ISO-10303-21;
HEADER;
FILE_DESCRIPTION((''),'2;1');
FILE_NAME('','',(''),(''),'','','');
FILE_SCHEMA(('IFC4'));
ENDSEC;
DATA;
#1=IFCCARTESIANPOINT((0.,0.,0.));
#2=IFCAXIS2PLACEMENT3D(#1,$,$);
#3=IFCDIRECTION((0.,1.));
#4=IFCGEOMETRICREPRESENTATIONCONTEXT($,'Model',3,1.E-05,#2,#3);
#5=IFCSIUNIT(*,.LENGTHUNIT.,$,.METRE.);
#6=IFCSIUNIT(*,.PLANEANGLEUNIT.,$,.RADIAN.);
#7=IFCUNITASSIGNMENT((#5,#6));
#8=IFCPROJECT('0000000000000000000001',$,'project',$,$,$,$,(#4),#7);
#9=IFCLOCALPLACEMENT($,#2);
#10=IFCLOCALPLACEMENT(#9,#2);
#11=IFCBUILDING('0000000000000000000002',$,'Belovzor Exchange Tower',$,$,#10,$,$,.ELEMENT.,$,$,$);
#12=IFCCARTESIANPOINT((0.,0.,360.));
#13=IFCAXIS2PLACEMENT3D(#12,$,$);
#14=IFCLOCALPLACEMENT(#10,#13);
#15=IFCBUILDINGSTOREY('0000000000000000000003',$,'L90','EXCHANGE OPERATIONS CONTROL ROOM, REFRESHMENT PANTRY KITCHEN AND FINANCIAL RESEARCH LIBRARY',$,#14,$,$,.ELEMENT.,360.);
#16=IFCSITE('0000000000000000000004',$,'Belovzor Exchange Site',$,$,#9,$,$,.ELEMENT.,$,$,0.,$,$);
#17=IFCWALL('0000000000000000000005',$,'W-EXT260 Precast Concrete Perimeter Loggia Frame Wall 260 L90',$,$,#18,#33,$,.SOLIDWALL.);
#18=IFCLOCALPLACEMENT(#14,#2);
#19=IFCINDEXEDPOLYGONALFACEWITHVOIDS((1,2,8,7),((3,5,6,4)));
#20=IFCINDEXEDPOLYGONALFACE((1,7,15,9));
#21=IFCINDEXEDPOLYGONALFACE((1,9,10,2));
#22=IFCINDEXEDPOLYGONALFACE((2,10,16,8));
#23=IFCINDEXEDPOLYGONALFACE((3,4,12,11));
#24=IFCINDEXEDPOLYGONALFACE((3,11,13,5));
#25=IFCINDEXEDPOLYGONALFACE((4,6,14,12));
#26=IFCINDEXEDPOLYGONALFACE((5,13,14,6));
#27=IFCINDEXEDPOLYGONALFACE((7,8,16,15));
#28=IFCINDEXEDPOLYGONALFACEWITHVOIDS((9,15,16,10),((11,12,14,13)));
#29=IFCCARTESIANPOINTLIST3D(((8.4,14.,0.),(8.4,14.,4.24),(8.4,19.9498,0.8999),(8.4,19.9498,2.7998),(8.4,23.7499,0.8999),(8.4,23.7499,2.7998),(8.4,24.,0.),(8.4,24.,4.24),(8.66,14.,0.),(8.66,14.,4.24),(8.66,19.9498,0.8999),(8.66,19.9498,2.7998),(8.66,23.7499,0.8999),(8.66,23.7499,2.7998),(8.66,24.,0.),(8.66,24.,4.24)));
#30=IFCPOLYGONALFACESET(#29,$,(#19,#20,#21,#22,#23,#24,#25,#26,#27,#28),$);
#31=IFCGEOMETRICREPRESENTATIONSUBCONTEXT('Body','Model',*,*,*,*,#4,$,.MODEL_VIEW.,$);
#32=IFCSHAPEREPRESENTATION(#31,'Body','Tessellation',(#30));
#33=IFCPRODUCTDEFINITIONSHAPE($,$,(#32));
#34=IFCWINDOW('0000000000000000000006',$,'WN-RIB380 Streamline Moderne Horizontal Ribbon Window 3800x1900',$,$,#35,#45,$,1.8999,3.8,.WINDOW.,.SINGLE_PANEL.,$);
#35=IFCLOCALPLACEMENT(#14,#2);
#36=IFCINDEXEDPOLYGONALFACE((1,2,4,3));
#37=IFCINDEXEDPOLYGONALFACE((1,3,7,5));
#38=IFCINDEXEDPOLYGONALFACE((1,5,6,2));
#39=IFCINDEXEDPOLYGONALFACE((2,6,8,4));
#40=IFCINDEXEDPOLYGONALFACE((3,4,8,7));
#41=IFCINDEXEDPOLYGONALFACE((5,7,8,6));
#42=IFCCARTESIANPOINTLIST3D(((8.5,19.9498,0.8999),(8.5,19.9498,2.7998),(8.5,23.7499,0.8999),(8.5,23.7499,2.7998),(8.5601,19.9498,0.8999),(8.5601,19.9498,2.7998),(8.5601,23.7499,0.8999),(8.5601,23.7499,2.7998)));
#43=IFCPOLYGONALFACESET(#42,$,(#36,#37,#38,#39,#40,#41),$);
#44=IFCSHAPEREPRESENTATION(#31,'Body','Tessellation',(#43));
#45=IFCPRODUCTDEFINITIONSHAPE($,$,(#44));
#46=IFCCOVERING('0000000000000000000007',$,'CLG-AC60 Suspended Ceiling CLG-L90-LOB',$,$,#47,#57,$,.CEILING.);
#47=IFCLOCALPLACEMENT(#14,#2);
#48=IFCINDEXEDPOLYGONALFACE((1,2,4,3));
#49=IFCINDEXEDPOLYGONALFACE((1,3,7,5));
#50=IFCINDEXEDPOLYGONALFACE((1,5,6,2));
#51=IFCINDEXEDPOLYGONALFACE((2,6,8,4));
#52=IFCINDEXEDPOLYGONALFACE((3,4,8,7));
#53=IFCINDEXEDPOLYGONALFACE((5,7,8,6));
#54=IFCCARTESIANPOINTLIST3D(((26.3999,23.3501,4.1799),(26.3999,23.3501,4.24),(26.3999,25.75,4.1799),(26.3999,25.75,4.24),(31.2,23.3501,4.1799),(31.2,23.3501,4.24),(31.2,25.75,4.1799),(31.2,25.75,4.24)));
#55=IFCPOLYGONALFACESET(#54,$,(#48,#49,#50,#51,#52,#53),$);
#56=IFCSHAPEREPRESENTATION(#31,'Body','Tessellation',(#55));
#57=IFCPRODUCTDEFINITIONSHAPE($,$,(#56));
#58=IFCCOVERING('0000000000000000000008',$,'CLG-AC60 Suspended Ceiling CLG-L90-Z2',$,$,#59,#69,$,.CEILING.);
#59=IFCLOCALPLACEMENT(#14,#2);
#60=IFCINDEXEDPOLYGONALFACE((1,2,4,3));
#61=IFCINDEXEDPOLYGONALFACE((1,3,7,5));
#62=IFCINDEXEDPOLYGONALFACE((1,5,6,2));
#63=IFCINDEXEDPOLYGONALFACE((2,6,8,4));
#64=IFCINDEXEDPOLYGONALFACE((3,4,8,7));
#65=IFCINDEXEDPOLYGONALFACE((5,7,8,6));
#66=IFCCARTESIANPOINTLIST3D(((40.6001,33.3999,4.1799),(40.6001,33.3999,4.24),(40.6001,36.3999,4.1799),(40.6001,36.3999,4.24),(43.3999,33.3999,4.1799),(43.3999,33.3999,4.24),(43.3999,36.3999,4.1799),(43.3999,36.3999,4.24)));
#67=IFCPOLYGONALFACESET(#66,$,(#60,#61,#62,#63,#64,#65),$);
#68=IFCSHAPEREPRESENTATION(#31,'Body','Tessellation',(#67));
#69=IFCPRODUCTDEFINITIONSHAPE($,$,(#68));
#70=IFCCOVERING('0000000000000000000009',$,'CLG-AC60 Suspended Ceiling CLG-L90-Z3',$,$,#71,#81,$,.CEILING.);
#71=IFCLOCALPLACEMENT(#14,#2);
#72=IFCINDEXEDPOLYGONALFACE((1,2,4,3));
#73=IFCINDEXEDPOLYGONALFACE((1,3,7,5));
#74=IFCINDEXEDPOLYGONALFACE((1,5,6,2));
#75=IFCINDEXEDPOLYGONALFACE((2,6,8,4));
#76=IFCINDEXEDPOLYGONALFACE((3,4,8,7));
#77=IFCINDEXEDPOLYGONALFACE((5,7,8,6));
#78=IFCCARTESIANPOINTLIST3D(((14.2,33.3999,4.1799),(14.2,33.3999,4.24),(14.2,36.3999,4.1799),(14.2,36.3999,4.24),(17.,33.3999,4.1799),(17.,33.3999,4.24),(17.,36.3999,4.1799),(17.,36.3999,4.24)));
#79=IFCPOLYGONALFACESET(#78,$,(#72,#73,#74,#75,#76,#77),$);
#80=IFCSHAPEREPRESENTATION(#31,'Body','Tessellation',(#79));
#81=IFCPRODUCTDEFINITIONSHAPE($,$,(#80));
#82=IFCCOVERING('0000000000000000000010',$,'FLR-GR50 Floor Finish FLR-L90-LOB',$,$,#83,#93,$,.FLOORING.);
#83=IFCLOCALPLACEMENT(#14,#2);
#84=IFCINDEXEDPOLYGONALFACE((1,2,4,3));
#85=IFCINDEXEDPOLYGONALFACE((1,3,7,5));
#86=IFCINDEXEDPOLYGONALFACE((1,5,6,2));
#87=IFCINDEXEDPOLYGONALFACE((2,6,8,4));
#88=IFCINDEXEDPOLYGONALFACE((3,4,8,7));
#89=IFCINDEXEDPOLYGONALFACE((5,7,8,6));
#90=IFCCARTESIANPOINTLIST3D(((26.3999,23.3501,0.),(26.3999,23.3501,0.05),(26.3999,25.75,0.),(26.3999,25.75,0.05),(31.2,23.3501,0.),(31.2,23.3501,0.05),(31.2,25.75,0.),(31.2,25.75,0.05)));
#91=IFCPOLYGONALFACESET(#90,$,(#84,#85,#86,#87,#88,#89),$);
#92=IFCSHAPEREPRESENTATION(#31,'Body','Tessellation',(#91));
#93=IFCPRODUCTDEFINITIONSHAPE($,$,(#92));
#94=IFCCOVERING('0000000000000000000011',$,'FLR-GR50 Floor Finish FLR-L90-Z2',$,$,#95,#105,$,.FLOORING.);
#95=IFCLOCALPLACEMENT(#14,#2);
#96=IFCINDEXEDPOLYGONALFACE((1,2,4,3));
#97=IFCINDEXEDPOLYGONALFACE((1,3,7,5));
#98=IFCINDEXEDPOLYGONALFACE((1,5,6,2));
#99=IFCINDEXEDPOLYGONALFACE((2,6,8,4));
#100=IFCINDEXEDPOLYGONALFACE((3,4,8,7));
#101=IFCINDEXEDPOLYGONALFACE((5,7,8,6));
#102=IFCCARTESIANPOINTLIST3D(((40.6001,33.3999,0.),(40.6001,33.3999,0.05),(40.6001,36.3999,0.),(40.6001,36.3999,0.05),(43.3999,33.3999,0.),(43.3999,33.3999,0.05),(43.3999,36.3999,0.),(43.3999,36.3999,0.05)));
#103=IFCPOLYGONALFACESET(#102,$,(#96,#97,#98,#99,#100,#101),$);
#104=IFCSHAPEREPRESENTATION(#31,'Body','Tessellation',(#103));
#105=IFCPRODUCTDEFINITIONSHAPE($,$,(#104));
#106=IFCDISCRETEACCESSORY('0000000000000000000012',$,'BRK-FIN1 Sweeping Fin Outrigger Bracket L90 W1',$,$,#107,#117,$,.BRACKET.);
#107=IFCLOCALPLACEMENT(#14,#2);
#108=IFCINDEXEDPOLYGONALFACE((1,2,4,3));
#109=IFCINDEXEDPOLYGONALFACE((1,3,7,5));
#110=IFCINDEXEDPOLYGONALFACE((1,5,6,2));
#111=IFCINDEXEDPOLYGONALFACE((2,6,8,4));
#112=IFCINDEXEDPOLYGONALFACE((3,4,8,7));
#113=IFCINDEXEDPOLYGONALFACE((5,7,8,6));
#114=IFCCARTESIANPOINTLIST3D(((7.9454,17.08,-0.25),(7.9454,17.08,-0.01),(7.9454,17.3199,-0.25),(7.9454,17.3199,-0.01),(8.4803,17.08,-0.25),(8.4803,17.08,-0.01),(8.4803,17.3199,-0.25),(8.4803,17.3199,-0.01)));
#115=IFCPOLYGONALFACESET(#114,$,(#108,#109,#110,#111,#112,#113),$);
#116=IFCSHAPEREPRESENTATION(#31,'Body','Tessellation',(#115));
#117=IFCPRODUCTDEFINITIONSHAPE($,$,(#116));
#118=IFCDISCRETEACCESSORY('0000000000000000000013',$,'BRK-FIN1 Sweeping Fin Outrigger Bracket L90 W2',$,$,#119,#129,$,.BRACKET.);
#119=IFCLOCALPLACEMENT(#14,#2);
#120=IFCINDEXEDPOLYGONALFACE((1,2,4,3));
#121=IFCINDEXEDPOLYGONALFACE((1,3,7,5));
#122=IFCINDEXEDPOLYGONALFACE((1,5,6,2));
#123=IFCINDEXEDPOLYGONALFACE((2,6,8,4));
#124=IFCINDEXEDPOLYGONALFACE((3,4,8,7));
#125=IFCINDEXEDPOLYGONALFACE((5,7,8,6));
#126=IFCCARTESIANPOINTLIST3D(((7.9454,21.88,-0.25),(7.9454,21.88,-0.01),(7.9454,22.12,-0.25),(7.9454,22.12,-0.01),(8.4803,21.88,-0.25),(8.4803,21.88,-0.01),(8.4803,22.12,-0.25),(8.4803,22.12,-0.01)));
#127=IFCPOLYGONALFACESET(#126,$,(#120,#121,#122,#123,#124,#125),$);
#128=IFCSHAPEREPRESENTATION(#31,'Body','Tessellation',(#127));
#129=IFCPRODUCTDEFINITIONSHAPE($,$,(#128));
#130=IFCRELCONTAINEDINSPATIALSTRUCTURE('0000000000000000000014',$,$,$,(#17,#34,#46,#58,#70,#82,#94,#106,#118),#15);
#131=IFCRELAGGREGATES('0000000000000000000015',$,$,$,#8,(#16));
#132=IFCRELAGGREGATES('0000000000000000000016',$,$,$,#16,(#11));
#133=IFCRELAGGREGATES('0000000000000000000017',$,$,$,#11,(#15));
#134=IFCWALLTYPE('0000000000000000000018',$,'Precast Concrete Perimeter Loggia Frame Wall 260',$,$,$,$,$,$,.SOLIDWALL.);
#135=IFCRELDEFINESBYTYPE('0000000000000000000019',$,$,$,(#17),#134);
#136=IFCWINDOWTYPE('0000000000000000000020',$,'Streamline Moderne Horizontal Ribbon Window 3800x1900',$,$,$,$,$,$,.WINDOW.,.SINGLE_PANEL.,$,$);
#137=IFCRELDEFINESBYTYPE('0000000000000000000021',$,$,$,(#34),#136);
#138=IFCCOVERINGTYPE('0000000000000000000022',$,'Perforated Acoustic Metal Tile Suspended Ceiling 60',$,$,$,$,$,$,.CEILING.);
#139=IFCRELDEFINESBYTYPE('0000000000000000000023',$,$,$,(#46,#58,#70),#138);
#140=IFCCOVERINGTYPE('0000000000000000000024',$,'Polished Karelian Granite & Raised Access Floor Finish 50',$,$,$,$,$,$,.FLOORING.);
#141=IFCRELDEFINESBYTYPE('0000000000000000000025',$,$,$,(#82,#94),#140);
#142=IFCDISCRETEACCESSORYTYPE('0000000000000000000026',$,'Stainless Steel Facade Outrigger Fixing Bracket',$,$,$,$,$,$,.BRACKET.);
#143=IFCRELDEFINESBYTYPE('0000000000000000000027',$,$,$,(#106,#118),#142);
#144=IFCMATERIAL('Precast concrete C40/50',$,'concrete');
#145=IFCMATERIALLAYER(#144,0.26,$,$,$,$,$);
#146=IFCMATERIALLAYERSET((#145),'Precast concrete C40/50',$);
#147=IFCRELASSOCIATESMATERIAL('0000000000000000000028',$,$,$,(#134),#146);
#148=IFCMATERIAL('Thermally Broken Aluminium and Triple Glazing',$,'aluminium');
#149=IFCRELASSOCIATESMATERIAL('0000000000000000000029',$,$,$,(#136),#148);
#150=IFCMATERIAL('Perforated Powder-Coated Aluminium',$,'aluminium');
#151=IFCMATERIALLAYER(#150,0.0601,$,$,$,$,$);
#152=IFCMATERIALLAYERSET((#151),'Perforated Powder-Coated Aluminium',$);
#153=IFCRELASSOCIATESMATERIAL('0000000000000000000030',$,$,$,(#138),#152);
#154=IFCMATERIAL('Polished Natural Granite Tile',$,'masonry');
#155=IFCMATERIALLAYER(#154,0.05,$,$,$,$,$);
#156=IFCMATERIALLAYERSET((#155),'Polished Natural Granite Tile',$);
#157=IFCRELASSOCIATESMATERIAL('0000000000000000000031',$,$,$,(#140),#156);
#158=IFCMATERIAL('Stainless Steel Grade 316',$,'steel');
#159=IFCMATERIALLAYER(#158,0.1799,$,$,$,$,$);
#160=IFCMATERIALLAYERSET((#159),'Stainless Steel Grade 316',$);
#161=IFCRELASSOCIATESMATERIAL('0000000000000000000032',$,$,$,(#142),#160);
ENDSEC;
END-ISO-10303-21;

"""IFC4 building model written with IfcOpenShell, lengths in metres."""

from ifc_helpers import new_model, si_unit, direction, frame, frame_2d, origin, origin_2d, place, context, subcontext, project, spatial, polyline, rectangle, outline, extrude, material, layer, layer_set, type_object, element, fill, save


model = new_model("IFC4")

# Units and contexts
model_context = context("Model", 3, precision=1e-05, world=origin(), true_north=direction((0.0, 1.0)))
body_context = subcontext(model_context, "Body", "Model", "MODEL_VIEW")
ifc_project = project(units=[si_unit("LENGTHUNIT", "METRE"), si_unit("PLANEANGLEUNIT", "RADIAN")], contexts=[model_context])

# Site, building, storey
site_placement = place(None, origin())
site = spatial("IfcSite", under=ifc_project, at=site_placement, Name="Belovzor Exchange Site", CompositionType="ELEMENT", RefElevation=0.0)
building_placement = place(site_placement, origin())
building = spatial("IfcBuilding", under=site, at=building_placement, Name="Belovzor Exchange Tower", CompositionType="ELEMENT")
storey_placement = place(building_placement, frame((0.0, 0.0, 360.0)))
storey = spatial("IfcBuildingStorey", under=building, at=storey_placement, Name="L90", Description="EXCHANGE OPERATIONS CONTROL ROOM, REFRESHMENT PANTRY KITCHEN AND FINANCIAL RESEARCH LIBRARY", CompositionType="ELEMENT", Elevation=360.0)

# Wall, opening, window
ifc_material_1 = material(Name="Precast concrete C40/50", Category="concrete")
ifc_layer_1 = layer(ifc_material_1, 0.26)
ifc_layer_set_1 = layer_set([ifc_layer_1], Name="Precast concrete C40/50")
wall_type_1 = type_object("IfcWallType", Name="Precast Concrete Perimeter Loggia Frame Wall 260", PredefinedType="SOLIDWALL", material=ifc_layer_set_1)
wall_1_placement = place(storey_placement, frame((8.53, 14.0, 0.0), z_axis=(0.0, 0.0, 1.0), x_axis=(0.0, 1.0, 0.0)))
wall_1 = element("IfcWall", 1, at=wall_1_placement, inside=storey, type_object=wall_type_1, Name="W-EXT260 Precast Concrete Perimeter Loggia Frame Wall 260 L90", PredefinedType="SOLIDWALL", context=body_context, shape_type="SweptSolid", body=[
    extrude(rectangle(XDim=10.0, YDim=0.26, at=frame_2d((5.0, 0.0))), origin(), (0.0, 0.0, 1.0), 4.24),
])
opening_1_placement = place(wall_1_placement, frame((5.95, 0.0, 0.8999)))
opening_1 = element("IfcOpeningElement", 2, at=opening_1_placement, cuts=wall_1, PredefinedType="OPENING", context=body_context, shape_type="SweptSolid", body=[
    extrude(rectangle(XDim=3.8, YDim=1.8999, at=frame_2d((1.8999, 0.95))), frame((0.0, 0.1399, 0.0), z_axis=(0.0, -1.0, 0.0), x_axis=(1.0, 0.0, 0.0)), (0.0, 0.0, 1.0), 0.28),
])
ifc_material_2 = material(Name="Thermally Broken Aluminium and Triple Glazing", Category="aluminium")
window_type_1 = type_object("IfcWindowType", Name="Streamline Moderne Horizontal Ribbon Window 3800x1900", PartitioningType="SINGLE_PANEL", PredefinedType="WINDOW", material=ifc_material_2)
window_1_placement = place(opening_1_placement, origin())
window_1 = element("IfcWindow", 3, at=window_1_placement, inside=storey, type_object=window_type_1, Name="WN-RIB380 Streamline Moderne Horizontal Ribbon Window 3800x1900", OverallHeight=1.8999, OverallWidth=3.8, PartitioningType="SINGLE_PANEL", PredefinedType="WINDOW", context=body_context, shape_type="SweptSolid", body=[
    extrude(rectangle(XDim=3.8, YDim=1.8999, at=frame_2d((1.8999, 0.95))), frame((0.0, 0.03, 0.0), z_axis=(0.0, -1.0, 0.0), x_axis=(1.0, 0.0, 0.0)), (0.0, 0.0, 1.0), 0.0601),
])
fill(opening_1, window_1)

# Coverings
ifc_material_3 = material(Name="Perforated Powder-Coated Aluminium", Category="aluminium")
ifc_layer_2 = layer(ifc_material_3, 0.0601)
ifc_layer_set_2 = layer_set([ifc_layer_2], Name="Perforated Powder-Coated Aluminium")
covering_type_1 = type_object("IfcCoveringType", Name="Perforated Acoustic Metal Tile Suspended Ceiling 60", PredefinedType="CEILING", material=ifc_layer_set_2)
covering_1_placement = place(storey_placement, frame((0.0, 0.0, 4.1799)))
element("IfcCovering", 4, at=covering_1_placement, inside=storey, type_object=covering_type_1, Name="CLG-AC60 Suspended Ceiling CLG-L90-LOB", PredefinedType="CEILING", context=body_context, shape_type="SweptSolid", body=[
    extrude(outline(polyline([(26.3999, 23.3501), (31.2, 23.3501), (31.2, 25.75), (26.3999, 25.75), (26.3999, 23.3501)])), origin(), (0.0, 0.0, 1.0), 0.0601),
])
covering_2_placement = place(storey_placement, frame((0.0, 0.0, 4.1799)))
element("IfcCovering", 5, at=covering_2_placement, inside=storey, type_object=covering_type_1, Name="CLG-AC60 Suspended Ceiling CLG-L90-Z2", PredefinedType="CEILING", context=body_context, shape_type="SweptSolid", body=[
    extrude(outline(polyline([(40.6001, 33.3999), (43.3999, 33.3999), (43.3999, 36.3999), (40.6001, 36.3999), (40.6001, 33.3999)])), origin(), (0.0, 0.0, 1.0), 0.0601),
])
covering_3_placement = place(storey_placement, frame((0.0, 0.0, 4.1799)))
element("IfcCovering", 6, at=covering_3_placement, inside=storey, type_object=covering_type_1, Name="CLG-AC60 Suspended Ceiling CLG-L90-Z3", PredefinedType="CEILING", context=body_context, shape_type="SweptSolid", body=[
    extrude(outline(polyline([(14.2, 33.3999), (17.0, 33.3999), (17.0, 36.3999), (14.2, 36.3999), (14.2, 33.3999)])), origin(), (0.0, 0.0, 1.0), 0.0601),
])
ifc_material_4 = material(Name="Polished Natural Granite Tile", Category="masonry")
ifc_layer_3 = layer(ifc_material_4, 0.05)
ifc_layer_set_3 = layer_set([ifc_layer_3], Name="Polished Natural Granite Tile")
covering_type_2 = type_object("IfcCoveringType", Name="Polished Karelian Granite & Raised Access Floor Finish 50", PredefinedType="FLOORING", material=ifc_layer_set_3)
covering_4_placement = place(storey_placement, origin())
element("IfcCovering", 7, at=covering_4_placement, inside=storey, type_object=covering_type_2, Name="FLR-GR50 Floor Finish FLR-L90-LOB", PredefinedType="FLOORING", context=body_context, shape_type="SweptSolid", body=[
    extrude(outline(polyline([(26.3999, 23.3501), (31.2, 23.3501), (31.2, 25.75), (26.3999, 25.75), (26.3999, 23.3501)])), origin(), (0.0, 0.0, 1.0), 0.05),
])
covering_5_placement = place(storey_placement, origin())
element("IfcCovering", 8, at=covering_5_placement, inside=storey, type_object=covering_type_2, Name="FLR-GR50 Floor Finish FLR-L90-Z2", PredefinedType="FLOORING", context=body_context, shape_type="SweptSolid", body=[
    extrude(outline(polyline([(40.6001, 33.3999), (43.3999, 33.3999), (43.3999, 36.3999), (40.6001, 36.3999), (40.6001, 33.3999)])), origin(), (0.0, 0.0, 1.0), 0.05),
])

# Discrete accessories
ifc_material_5 = material(Name="Stainless Steel Grade 316", Category="steel")
ifc_layer_4 = layer(ifc_material_5, 0.1799)
ifc_layer_set_4 = layer_set([ifc_layer_4], Name="Stainless Steel Grade 316")
discrete_accessory_type = type_object("IfcDiscreteAccessoryType", Name="Stainless Steel Facade Outrigger Fixing Bracket", PredefinedType="BRACKET", material=ifc_layer_set_4)
for number, where, z_axis, x_axis, name in (
    (9, (8.2129, 17.2, -0.25), (0.0, 0.0, 1.0), (1.0, 0.0, 0.0), "BRK-FIN1 Sweeping Fin Outrigger Bracket L90 W1"),
    (10, (8.2129, 22.0, -0.25), (0.0, 0.0, 1.0), (1.0, 0.0, 0.0), "BRK-FIN1 Sweeping Fin Outrigger Bracket L90 W2"),
):
    element("IfcDiscreteAccessory", number, at=place(storey_placement, frame(where, z_axis=z_axis, x_axis=x_axis)), inside=storey, type_object=discrete_accessory_type, Name=name, PredefinedType="BRACKET", context=body_context, shape_type="SweptSolid", body=[
        extrude(rectangle(XDim=0.5349, YDim=0.24, at=origin_2d()), origin(), (0.0, 0.0, 1.0), 0.24),
    ])

save(model, "model.ifc")
